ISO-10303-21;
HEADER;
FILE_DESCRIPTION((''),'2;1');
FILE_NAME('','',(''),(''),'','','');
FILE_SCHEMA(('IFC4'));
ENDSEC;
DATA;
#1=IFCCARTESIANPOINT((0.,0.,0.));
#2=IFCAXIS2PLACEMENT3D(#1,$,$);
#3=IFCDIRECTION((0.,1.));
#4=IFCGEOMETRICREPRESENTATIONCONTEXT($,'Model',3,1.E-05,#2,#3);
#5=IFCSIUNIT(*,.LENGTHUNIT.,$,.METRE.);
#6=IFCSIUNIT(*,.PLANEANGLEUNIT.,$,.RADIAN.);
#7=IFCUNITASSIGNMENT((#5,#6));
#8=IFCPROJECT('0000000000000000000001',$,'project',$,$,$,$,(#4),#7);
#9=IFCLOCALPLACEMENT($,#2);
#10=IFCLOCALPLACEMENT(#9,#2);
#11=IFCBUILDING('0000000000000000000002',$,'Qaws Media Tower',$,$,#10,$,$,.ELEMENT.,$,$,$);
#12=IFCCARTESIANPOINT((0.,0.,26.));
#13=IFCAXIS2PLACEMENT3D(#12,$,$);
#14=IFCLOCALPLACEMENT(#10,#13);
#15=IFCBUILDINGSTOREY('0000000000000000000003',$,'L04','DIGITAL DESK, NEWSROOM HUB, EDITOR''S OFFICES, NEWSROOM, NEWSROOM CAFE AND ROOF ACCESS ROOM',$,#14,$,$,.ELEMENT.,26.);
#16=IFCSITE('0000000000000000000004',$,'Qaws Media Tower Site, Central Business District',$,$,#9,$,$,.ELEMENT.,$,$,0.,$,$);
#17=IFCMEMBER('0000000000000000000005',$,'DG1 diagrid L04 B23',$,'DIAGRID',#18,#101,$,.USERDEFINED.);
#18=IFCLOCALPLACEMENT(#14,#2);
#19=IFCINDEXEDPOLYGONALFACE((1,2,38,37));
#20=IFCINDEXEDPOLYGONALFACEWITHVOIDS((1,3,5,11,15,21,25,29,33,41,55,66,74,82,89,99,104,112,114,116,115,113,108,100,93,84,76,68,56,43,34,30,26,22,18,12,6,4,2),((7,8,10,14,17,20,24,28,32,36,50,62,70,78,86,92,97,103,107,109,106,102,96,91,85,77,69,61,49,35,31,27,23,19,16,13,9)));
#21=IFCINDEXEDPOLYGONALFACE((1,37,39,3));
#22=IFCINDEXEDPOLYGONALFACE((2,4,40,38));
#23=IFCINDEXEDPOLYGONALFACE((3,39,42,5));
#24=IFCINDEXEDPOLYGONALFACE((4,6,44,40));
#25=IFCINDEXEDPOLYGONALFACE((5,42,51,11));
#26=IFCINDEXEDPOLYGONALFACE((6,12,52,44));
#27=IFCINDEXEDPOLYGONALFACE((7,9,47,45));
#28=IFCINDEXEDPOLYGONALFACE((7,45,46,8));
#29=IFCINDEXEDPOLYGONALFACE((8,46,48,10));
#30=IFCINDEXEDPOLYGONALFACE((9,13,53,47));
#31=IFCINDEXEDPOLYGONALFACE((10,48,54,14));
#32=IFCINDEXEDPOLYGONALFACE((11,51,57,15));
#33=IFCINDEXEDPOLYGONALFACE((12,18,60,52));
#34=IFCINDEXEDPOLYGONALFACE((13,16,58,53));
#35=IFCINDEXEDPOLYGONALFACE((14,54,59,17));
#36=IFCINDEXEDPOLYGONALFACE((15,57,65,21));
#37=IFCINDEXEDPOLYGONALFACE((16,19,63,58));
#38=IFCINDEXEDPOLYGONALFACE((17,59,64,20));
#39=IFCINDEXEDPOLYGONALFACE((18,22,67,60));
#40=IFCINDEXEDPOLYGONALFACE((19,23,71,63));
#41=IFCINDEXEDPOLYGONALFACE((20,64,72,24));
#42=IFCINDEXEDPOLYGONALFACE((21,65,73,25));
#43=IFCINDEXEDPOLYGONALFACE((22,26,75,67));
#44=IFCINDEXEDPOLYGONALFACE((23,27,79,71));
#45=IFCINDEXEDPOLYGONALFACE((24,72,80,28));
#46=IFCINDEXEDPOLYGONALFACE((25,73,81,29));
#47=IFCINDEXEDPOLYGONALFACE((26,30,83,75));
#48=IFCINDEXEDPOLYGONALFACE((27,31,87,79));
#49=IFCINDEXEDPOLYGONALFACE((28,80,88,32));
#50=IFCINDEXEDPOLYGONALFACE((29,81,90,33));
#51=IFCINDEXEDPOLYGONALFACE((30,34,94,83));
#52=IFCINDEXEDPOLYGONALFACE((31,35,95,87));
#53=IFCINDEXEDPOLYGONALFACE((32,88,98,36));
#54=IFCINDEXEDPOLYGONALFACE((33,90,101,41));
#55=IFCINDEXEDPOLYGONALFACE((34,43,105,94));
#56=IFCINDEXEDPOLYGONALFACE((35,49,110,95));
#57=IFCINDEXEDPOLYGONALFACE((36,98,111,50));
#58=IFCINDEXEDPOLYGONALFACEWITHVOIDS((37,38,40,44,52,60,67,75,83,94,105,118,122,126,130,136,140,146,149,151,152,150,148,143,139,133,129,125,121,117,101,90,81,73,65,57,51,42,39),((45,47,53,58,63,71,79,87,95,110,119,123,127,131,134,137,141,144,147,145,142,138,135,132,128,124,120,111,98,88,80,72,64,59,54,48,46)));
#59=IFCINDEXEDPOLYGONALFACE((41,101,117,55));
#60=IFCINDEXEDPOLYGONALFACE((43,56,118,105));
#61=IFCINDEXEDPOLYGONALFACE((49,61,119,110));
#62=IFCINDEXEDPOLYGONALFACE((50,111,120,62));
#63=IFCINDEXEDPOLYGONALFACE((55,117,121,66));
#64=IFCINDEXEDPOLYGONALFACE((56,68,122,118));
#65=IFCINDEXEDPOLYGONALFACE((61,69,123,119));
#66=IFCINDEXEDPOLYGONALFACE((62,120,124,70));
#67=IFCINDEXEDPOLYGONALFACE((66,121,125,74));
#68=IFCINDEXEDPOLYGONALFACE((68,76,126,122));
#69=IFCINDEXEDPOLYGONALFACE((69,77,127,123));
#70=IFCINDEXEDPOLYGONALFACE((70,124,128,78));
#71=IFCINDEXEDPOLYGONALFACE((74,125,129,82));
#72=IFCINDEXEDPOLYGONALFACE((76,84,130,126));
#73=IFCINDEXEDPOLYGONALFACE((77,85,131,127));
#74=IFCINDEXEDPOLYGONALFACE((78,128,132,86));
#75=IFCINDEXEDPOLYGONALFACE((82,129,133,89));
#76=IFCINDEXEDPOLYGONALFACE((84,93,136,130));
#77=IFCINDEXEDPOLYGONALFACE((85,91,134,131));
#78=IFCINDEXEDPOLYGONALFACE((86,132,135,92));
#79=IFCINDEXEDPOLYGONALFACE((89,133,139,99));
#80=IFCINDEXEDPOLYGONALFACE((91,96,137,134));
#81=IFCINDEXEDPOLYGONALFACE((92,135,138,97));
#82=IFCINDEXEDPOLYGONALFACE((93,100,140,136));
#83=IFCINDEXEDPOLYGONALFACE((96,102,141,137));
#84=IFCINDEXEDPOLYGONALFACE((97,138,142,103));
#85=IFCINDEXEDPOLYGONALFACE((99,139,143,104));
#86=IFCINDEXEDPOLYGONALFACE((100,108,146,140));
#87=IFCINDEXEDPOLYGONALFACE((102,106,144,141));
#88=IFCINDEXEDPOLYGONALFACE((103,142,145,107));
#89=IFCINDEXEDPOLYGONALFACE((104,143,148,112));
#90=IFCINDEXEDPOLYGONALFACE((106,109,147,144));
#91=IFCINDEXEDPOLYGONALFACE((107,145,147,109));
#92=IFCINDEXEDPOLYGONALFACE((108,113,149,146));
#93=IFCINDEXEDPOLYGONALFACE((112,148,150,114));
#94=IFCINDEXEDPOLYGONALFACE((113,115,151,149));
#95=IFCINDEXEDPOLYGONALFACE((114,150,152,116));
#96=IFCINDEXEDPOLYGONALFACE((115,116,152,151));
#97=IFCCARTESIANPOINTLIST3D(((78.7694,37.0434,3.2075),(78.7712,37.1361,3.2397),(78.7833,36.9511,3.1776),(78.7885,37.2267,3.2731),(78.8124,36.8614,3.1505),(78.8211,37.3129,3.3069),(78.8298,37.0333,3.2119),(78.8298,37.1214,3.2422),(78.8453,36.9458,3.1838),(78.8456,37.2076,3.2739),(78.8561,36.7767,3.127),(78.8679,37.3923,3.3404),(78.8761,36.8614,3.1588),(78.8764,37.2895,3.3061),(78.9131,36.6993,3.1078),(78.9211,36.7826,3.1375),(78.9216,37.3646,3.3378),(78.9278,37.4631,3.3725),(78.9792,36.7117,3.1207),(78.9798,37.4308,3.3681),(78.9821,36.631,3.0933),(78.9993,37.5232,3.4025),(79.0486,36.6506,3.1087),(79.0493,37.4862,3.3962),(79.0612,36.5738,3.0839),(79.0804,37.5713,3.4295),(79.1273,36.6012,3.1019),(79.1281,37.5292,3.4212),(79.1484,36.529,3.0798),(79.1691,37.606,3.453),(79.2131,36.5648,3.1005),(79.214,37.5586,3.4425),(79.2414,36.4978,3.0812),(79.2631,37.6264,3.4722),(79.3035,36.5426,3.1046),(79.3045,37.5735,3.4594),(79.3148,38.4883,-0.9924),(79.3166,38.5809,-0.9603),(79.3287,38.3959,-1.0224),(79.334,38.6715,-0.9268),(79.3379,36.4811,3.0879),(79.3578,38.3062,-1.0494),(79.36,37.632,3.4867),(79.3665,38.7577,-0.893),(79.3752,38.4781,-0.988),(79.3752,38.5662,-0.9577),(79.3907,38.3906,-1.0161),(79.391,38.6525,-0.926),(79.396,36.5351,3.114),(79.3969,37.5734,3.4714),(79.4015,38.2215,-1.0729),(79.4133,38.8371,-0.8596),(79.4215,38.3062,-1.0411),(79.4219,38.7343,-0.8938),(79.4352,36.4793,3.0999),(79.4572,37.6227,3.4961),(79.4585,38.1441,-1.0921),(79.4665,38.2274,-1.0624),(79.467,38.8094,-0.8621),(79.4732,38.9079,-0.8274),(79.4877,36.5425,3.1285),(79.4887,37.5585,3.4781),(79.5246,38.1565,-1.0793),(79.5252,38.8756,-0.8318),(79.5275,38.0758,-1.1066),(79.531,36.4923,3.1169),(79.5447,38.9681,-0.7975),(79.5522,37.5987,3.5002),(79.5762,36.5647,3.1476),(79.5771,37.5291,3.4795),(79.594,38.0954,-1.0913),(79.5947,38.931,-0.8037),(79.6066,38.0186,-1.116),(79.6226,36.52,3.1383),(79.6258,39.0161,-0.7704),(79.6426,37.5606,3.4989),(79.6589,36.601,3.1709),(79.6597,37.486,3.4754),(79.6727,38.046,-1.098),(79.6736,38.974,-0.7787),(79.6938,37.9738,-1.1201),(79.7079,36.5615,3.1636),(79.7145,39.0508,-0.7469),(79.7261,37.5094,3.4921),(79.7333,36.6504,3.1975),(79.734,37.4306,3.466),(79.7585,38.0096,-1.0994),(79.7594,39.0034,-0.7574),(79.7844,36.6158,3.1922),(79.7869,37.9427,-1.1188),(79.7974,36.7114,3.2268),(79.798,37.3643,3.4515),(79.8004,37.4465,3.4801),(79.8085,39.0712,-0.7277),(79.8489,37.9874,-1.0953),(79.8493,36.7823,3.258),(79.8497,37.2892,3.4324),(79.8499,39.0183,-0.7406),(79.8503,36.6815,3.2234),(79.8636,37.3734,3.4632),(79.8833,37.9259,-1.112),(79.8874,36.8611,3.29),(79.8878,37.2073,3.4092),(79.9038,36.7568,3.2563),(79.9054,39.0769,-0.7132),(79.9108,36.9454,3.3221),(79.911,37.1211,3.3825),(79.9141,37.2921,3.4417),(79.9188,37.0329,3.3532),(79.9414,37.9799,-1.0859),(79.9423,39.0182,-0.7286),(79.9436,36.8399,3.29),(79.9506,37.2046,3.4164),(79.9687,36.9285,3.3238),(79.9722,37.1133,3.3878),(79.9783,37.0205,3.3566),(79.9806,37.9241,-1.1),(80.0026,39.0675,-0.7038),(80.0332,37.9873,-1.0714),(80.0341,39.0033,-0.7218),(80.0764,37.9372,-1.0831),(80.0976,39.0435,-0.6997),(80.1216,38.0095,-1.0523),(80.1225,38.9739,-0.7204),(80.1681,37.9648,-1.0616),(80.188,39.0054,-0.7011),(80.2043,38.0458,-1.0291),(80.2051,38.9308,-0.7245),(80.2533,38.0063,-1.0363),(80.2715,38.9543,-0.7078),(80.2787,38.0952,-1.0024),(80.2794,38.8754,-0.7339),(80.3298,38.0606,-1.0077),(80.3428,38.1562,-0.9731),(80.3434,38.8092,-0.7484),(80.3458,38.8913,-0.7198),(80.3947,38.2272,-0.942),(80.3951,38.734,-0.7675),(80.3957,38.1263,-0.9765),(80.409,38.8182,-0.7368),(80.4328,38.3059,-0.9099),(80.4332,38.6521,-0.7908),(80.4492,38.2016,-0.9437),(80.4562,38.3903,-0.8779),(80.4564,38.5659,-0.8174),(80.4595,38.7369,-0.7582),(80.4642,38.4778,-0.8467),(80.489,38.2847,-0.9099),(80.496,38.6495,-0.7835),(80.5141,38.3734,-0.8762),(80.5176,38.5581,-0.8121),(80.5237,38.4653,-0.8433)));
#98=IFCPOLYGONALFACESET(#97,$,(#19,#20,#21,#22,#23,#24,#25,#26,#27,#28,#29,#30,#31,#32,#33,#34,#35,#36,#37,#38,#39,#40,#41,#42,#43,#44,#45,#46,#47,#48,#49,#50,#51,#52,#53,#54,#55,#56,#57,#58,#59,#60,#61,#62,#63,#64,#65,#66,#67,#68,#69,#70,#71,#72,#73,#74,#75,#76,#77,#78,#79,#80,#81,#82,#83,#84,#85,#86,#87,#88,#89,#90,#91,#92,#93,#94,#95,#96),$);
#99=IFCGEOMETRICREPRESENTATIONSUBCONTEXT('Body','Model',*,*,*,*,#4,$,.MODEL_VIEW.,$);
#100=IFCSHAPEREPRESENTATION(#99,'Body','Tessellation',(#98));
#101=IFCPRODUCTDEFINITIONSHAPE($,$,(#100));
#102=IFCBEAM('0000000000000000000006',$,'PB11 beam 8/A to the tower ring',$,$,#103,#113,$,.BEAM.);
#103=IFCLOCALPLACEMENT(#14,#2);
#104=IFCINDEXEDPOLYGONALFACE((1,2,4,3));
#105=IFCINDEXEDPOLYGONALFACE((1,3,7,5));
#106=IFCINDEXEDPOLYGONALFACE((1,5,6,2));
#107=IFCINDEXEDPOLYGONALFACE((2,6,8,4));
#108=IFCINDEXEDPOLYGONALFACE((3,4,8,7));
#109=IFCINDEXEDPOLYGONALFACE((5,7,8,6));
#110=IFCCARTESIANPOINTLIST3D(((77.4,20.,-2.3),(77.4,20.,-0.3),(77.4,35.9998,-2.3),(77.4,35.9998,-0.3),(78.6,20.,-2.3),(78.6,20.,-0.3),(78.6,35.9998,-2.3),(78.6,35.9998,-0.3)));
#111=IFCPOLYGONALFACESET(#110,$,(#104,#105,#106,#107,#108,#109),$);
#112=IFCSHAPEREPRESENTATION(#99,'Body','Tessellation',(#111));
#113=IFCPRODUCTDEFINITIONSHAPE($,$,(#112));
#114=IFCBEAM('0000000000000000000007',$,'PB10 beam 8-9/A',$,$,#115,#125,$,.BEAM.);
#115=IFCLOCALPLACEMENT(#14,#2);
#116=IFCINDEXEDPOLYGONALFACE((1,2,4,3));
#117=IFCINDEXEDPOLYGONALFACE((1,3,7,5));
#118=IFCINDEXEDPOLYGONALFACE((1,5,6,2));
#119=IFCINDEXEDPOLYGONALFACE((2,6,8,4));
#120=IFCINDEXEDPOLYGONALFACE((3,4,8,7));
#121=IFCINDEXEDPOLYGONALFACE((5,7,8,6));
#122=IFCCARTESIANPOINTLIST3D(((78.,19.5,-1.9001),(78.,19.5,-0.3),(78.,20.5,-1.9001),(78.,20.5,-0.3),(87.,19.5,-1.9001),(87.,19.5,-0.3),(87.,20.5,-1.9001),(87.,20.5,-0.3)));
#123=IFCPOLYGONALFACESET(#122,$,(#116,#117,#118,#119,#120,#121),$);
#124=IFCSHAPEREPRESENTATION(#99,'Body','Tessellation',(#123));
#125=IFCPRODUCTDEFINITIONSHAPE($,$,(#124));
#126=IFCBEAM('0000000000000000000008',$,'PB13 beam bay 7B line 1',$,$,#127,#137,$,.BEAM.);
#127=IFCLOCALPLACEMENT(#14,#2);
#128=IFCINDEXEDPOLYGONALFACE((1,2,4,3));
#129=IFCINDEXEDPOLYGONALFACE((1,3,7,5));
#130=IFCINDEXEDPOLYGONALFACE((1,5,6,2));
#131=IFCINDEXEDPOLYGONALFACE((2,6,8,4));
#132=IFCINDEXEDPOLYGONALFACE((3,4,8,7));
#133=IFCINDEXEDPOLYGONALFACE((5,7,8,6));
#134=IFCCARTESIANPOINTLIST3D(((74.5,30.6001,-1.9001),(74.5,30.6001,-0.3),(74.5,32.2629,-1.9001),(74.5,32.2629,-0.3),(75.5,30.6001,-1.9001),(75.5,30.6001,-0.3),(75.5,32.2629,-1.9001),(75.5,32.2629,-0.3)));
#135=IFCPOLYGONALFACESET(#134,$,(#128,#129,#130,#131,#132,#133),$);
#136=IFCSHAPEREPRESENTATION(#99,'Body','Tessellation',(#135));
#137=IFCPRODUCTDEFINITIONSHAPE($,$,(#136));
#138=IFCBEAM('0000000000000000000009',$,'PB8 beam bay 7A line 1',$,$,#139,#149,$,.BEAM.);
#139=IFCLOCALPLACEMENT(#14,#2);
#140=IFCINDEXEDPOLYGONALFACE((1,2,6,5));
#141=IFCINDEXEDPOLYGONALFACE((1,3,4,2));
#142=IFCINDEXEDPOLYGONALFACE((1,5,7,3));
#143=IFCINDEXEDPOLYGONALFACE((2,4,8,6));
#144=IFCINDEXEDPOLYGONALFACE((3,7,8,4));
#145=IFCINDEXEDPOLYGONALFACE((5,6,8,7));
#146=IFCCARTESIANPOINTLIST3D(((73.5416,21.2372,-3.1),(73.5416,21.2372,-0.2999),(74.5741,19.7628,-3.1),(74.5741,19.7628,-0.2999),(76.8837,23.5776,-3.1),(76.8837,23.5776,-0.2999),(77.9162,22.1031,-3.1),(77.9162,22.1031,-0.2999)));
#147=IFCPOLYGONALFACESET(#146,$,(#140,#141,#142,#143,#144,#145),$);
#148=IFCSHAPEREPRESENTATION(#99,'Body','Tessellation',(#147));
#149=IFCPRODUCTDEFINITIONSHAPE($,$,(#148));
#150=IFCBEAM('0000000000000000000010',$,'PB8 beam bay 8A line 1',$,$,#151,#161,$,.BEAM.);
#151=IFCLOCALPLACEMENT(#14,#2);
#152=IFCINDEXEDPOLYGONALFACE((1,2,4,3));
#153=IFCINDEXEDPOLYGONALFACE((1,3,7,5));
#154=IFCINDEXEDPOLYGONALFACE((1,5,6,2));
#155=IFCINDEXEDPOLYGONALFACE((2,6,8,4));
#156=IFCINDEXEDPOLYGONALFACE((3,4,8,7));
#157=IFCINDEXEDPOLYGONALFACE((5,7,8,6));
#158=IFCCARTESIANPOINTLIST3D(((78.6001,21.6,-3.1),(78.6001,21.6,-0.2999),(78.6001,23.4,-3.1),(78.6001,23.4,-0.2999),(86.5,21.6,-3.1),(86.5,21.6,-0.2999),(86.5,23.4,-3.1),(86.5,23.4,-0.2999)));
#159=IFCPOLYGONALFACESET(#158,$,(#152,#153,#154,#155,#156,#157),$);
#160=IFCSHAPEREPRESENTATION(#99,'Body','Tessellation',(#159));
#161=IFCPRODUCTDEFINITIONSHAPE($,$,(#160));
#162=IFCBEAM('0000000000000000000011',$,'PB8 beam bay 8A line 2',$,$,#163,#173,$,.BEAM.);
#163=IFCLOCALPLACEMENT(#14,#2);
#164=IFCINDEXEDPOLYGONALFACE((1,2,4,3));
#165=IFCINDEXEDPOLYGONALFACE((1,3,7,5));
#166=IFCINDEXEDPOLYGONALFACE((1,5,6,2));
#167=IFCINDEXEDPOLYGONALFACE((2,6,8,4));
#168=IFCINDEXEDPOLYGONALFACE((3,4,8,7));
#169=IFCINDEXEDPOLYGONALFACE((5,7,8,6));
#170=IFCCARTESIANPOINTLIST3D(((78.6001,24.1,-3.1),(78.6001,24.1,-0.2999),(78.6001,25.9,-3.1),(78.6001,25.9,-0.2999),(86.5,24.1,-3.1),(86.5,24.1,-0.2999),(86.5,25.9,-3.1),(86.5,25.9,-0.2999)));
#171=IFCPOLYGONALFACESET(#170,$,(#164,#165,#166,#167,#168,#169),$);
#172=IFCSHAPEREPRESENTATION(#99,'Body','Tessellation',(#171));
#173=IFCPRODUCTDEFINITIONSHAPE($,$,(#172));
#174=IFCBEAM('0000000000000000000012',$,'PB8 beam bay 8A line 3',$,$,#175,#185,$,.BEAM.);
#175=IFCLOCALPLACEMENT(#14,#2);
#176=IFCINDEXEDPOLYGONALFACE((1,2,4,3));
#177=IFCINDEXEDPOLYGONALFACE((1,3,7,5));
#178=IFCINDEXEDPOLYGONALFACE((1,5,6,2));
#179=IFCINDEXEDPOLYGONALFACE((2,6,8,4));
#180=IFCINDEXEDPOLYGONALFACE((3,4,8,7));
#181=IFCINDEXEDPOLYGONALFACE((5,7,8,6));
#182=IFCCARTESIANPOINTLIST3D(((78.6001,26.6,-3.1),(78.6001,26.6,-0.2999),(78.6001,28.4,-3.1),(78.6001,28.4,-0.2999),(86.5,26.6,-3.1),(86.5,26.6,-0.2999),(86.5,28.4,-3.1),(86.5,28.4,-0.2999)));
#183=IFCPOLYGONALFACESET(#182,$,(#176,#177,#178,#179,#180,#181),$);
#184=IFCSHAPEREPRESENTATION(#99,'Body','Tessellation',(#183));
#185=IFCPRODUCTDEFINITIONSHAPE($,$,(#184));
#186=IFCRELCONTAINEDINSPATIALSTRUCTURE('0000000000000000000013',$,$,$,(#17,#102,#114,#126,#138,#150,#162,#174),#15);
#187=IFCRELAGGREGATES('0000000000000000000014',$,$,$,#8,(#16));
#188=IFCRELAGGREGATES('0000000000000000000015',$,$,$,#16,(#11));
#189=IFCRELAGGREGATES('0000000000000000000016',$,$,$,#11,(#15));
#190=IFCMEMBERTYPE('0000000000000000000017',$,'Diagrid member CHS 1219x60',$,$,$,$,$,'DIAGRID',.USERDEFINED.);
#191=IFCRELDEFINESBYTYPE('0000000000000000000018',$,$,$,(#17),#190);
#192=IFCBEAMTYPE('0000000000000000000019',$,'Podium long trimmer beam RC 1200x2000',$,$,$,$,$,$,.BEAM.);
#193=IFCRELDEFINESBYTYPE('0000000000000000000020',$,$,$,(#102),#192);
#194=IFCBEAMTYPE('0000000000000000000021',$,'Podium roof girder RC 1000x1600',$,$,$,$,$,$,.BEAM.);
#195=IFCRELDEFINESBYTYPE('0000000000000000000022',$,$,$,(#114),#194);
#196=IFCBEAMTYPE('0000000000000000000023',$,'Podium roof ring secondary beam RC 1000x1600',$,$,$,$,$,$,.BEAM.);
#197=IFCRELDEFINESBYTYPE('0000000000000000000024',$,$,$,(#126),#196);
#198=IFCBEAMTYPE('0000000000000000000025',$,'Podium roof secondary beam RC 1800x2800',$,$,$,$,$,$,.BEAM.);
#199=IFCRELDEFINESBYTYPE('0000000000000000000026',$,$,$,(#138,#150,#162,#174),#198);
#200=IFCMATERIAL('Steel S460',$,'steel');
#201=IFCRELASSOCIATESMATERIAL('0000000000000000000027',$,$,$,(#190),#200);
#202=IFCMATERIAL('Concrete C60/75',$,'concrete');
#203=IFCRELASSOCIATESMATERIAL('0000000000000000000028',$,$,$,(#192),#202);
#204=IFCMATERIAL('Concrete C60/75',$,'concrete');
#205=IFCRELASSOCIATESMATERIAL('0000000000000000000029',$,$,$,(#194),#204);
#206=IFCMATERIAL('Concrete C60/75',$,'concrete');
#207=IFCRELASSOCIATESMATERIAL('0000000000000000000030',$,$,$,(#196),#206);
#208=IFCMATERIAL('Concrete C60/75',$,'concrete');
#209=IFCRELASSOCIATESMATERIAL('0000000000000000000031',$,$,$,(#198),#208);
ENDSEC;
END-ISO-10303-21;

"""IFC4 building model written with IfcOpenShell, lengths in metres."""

from ifc_helpers import new_model, si_unit, direction, frame, origin, origin_2d, place, context, subcontext, project, spatial, rectangle, hollow_circle, extrude, material, material_profile, profile_set, type_object, element, save


model = new_model("IFC4")

# Units and contexts
model_context = context("Model", 3, precision=1e-05, world=origin(), true_north=direction((0.0, 1.0)))
body_context = subcontext(model_context, "Body", "Model", "MODEL_VIEW")
ifc_project = project(units=[si_unit("LENGTHUNIT", "METRE"), si_unit("PLANEANGLEUNIT", "RADIAN")], contexts=[model_context])

# Site, building, storey
site_placement = place(None, origin())
site = spatial("IfcSite", under=ifc_project, at=site_placement, Name="Qaws Media Tower Site, Central Business District", CompositionType="ELEMENT", RefElevation=0.0)
building_placement = place(site_placement, origin())
building = spatial("IfcBuilding", under=site, at=building_placement, Name="Qaws Media Tower", CompositionType="ELEMENT")
storey_placement = place(building_placement, frame((0.0, 0.0, 26.0)))
storey = spatial("IfcBuildingStorey", under=building, at=storey_placement, Name="L04", Description="DIGITAL DESK, NEWSROOM HUB, EDITOR'S OFFICES, NEWSROOM, NEWSROOM CAFE AND ROOF ACCESS ROOM", CompositionType="ELEMENT", Elevation=26.0)

# Member
ifc_material_1 = material(Name="Steel S460", Category="steel")
ifc_material_profile_1 = material_profile(ifc_material_1, hollow_circle(Radius=0.6096, WallThickness=0.0601, at=origin_2d()), Name="CHS 1219x60")
ifc_profile_set_1 = profile_set([ifc_material_profile_1], Name="Steel S460")
member_type_1 = type_object("IfcMemberType", Name="Diagrid member CHS 1219x60", ElementType="DIAGRID", PredefinedType="USERDEFINED", material=ifc_profile_set_1)
for number, where, z_axis, x_axis, name in (
    (1, (79.9187, 38.5, -0.9099), (-0.121883, -0.322874, 0.938561), (0.93556, -0.353167, 0.0), "DG1 diagrid L04 B23"),
):
    element("IfcMember", number, at=place(storey_placement, frame(where, z_axis=z_axis, x_axis=x_axis)), inside=storey, type_object=member_type_1, Name=name, ObjectType="DIAGRID", PredefinedType="USERDEFINED", context=body_context, shape_type="SweptSolid", body=[
        extrude(hollow_circle(Radius=0.6096, WallThickness=0.0601, at=origin_2d()), origin(), (0.0, 0.0, 1.0), 4.4749),
    ])

# Beams
ifc_material_2 = material(Name="Concrete C60/75", Category="concrete")
ifc_material_profile_2 = material_profile(ifc_material_2, rectangle(XDim=1.2, YDim=2.0, at=origin_2d()), Name="RC 1200x2000")
ifc_profile_set_2 = profile_set([ifc_material_profile_2], Name="Concrete C60/75")
beam_type_1 = type_object("IfcBeamType", Name="Podium long trimmer beam RC 1200x2000", PredefinedType="BEAM", material=ifc_profile_set_2)
beam_1_placement = place(storey_placement, frame((78.0, 20.0, -1.3), z_axis=(0.0, 1.0, 0.0), x_axis=(-1.0, 0.0, 0.0)))
element("IfcBeam", 2, at=beam_1_placement, inside=storey, type_object=beam_type_1, Name="PB11 beam 8/A to the tower ring", PredefinedType="BEAM", context=body_context, shape_type="SweptSolid", body=[
    extrude(rectangle(XDim=1.2, YDim=2.0, at=origin_2d()), origin(), (0.0, 0.0, 1.0), 15.9998),
])
ifc_material_3 = material(Name="Concrete C60/75", Category="concrete")
ifc_material_profile_3 = material_profile(ifc_material_3, rectangle(XDim=1.0, YDim=1.6001, at=origin_2d()), Name="RC 1000x1600")
ifc_profile_set_3 = profile_set([ifc_material_profile_3], Name="Concrete C60/75")
beam_type_2 = type_object("IfcBeamType", Name="Podium roof girder RC 1000x1600", PredefinedType="BEAM", material=ifc_profile_set_3)
beam_2_placement = place(storey_placement, frame((78.0, 20.0, -1.1001), z_axis=(1.0, 0.0, 0.0), x_axis=(0.0, 1.0, 0.0)))
element("IfcBeam", 3, at=beam_2_placement, inside=storey, type_object=beam_type_2, Name="PB10 beam 8-9/A", PredefinedType="BEAM", context=body_context, shape_type="SweptSolid", body=[
    extrude(rectangle(XDim=1.0, YDim=1.6001, at=origin_2d()), origin(), (0.0, 0.0, 1.0), 9.0),
])
ifc_material_4 = material(Name="Concrete C60/75", Category="concrete")
ifc_material_profile_4 = material_profile(ifc_material_4, rectangle(XDim=1.0, YDim=1.6001, at=origin_2d()), Name="RC 1000x1600")
ifc_profile_set_4 = profile_set([ifc_material_profile_4], Name="Concrete C60/75")
beam_type_3 = type_object("IfcBeamType", Name="Podium roof ring secondary beam RC 1000x1600", PredefinedType="BEAM", material=ifc_profile_set_4)
beam_3_placement = place(storey_placement, frame((75.0, 30.6001, -1.1001), z_axis=(0.0, 1.0, 0.0), x_axis=(-1.0, 0.0, 0.0)))
element("IfcBeam", 4, at=beam_3_placement, inside=storey, type_object=beam_type_3, Name="PB13 beam bay 7B line 1", PredefinedType="BEAM", context=body_context, shape_type="SweptSolid", body=[
    extrude(rectangle(XDim=1.0, YDim=1.6001, at=origin_2d()), origin(), (0.0, 0.0, 1.0), 1.6628),
])
ifc_material_5 = material(Name="Concrete C60/75", Category="concrete")
ifc_material_profile_5 = material_profile(ifc_material_5, rectangle(XDim=1.8, YDim=2.8, at=origin_2d()), Name="RC 1800x2800")
ifc_profile_set_5 = profile_set([ifc_material_profile_5], Name="Concrete C60/75")
beam_type_4 = type_object("IfcBeamType", Name="Podium roof secondary beam RC 1800x2800", PredefinedType="BEAM", material=ifc_profile_set_5)
beam_4_placement = place(storey_placement, frame((74.0579, 20.5, -1.7), z_axis=(0.819128, 0.573611, 0.0), x_axis=(-0.573611, 0.819128, 0.0)))
element("IfcBeam", 5, at=beam_4_placement, inside=storey, type_object=beam_type_4, Name="PB8 beam bay 7A line 1", PredefinedType="BEAM", context=body_context, shape_type="SweptSolid", body=[
    extrude(rectangle(XDim=1.8, YDim=2.8, at=origin_2d()), origin(), (0.0, 0.0, 1.0), 4.0801),
])
for number, where, z_axis, x_axis, name in (
    (6, (78.6001, 22.5, -1.7), (1.0, 0.0, 0.0), (0.0, 1.0, 0.0), "PB8 beam bay 8A line 1"),
    (7, (78.6001, 25.0, -1.7), (1.0, 0.0, 0.0), (0.0, 1.0, 0.0), "PB8 beam bay 8A line 2"),
    (8, (78.6001, 27.5, -1.7), (1.0, 0.0, 0.0), (0.0, 1.0, 0.0), "PB8 beam bay 8A line 3"),
):
    element("IfcBeam", number, at=place(storey_placement, frame(where, z_axis=z_axis, x_axis=x_axis)), inside=storey, type_object=beam_type_4, Name=name, PredefinedType="BEAM", context=body_context, shape_type="SweptSolid", body=[
        extrude(rectangle(XDim=1.8, YDim=2.8, at=origin_2d()), origin(), (0.0, 0.0, 1.0), 7.8999),
    ])

save(model, "model.ifc")
